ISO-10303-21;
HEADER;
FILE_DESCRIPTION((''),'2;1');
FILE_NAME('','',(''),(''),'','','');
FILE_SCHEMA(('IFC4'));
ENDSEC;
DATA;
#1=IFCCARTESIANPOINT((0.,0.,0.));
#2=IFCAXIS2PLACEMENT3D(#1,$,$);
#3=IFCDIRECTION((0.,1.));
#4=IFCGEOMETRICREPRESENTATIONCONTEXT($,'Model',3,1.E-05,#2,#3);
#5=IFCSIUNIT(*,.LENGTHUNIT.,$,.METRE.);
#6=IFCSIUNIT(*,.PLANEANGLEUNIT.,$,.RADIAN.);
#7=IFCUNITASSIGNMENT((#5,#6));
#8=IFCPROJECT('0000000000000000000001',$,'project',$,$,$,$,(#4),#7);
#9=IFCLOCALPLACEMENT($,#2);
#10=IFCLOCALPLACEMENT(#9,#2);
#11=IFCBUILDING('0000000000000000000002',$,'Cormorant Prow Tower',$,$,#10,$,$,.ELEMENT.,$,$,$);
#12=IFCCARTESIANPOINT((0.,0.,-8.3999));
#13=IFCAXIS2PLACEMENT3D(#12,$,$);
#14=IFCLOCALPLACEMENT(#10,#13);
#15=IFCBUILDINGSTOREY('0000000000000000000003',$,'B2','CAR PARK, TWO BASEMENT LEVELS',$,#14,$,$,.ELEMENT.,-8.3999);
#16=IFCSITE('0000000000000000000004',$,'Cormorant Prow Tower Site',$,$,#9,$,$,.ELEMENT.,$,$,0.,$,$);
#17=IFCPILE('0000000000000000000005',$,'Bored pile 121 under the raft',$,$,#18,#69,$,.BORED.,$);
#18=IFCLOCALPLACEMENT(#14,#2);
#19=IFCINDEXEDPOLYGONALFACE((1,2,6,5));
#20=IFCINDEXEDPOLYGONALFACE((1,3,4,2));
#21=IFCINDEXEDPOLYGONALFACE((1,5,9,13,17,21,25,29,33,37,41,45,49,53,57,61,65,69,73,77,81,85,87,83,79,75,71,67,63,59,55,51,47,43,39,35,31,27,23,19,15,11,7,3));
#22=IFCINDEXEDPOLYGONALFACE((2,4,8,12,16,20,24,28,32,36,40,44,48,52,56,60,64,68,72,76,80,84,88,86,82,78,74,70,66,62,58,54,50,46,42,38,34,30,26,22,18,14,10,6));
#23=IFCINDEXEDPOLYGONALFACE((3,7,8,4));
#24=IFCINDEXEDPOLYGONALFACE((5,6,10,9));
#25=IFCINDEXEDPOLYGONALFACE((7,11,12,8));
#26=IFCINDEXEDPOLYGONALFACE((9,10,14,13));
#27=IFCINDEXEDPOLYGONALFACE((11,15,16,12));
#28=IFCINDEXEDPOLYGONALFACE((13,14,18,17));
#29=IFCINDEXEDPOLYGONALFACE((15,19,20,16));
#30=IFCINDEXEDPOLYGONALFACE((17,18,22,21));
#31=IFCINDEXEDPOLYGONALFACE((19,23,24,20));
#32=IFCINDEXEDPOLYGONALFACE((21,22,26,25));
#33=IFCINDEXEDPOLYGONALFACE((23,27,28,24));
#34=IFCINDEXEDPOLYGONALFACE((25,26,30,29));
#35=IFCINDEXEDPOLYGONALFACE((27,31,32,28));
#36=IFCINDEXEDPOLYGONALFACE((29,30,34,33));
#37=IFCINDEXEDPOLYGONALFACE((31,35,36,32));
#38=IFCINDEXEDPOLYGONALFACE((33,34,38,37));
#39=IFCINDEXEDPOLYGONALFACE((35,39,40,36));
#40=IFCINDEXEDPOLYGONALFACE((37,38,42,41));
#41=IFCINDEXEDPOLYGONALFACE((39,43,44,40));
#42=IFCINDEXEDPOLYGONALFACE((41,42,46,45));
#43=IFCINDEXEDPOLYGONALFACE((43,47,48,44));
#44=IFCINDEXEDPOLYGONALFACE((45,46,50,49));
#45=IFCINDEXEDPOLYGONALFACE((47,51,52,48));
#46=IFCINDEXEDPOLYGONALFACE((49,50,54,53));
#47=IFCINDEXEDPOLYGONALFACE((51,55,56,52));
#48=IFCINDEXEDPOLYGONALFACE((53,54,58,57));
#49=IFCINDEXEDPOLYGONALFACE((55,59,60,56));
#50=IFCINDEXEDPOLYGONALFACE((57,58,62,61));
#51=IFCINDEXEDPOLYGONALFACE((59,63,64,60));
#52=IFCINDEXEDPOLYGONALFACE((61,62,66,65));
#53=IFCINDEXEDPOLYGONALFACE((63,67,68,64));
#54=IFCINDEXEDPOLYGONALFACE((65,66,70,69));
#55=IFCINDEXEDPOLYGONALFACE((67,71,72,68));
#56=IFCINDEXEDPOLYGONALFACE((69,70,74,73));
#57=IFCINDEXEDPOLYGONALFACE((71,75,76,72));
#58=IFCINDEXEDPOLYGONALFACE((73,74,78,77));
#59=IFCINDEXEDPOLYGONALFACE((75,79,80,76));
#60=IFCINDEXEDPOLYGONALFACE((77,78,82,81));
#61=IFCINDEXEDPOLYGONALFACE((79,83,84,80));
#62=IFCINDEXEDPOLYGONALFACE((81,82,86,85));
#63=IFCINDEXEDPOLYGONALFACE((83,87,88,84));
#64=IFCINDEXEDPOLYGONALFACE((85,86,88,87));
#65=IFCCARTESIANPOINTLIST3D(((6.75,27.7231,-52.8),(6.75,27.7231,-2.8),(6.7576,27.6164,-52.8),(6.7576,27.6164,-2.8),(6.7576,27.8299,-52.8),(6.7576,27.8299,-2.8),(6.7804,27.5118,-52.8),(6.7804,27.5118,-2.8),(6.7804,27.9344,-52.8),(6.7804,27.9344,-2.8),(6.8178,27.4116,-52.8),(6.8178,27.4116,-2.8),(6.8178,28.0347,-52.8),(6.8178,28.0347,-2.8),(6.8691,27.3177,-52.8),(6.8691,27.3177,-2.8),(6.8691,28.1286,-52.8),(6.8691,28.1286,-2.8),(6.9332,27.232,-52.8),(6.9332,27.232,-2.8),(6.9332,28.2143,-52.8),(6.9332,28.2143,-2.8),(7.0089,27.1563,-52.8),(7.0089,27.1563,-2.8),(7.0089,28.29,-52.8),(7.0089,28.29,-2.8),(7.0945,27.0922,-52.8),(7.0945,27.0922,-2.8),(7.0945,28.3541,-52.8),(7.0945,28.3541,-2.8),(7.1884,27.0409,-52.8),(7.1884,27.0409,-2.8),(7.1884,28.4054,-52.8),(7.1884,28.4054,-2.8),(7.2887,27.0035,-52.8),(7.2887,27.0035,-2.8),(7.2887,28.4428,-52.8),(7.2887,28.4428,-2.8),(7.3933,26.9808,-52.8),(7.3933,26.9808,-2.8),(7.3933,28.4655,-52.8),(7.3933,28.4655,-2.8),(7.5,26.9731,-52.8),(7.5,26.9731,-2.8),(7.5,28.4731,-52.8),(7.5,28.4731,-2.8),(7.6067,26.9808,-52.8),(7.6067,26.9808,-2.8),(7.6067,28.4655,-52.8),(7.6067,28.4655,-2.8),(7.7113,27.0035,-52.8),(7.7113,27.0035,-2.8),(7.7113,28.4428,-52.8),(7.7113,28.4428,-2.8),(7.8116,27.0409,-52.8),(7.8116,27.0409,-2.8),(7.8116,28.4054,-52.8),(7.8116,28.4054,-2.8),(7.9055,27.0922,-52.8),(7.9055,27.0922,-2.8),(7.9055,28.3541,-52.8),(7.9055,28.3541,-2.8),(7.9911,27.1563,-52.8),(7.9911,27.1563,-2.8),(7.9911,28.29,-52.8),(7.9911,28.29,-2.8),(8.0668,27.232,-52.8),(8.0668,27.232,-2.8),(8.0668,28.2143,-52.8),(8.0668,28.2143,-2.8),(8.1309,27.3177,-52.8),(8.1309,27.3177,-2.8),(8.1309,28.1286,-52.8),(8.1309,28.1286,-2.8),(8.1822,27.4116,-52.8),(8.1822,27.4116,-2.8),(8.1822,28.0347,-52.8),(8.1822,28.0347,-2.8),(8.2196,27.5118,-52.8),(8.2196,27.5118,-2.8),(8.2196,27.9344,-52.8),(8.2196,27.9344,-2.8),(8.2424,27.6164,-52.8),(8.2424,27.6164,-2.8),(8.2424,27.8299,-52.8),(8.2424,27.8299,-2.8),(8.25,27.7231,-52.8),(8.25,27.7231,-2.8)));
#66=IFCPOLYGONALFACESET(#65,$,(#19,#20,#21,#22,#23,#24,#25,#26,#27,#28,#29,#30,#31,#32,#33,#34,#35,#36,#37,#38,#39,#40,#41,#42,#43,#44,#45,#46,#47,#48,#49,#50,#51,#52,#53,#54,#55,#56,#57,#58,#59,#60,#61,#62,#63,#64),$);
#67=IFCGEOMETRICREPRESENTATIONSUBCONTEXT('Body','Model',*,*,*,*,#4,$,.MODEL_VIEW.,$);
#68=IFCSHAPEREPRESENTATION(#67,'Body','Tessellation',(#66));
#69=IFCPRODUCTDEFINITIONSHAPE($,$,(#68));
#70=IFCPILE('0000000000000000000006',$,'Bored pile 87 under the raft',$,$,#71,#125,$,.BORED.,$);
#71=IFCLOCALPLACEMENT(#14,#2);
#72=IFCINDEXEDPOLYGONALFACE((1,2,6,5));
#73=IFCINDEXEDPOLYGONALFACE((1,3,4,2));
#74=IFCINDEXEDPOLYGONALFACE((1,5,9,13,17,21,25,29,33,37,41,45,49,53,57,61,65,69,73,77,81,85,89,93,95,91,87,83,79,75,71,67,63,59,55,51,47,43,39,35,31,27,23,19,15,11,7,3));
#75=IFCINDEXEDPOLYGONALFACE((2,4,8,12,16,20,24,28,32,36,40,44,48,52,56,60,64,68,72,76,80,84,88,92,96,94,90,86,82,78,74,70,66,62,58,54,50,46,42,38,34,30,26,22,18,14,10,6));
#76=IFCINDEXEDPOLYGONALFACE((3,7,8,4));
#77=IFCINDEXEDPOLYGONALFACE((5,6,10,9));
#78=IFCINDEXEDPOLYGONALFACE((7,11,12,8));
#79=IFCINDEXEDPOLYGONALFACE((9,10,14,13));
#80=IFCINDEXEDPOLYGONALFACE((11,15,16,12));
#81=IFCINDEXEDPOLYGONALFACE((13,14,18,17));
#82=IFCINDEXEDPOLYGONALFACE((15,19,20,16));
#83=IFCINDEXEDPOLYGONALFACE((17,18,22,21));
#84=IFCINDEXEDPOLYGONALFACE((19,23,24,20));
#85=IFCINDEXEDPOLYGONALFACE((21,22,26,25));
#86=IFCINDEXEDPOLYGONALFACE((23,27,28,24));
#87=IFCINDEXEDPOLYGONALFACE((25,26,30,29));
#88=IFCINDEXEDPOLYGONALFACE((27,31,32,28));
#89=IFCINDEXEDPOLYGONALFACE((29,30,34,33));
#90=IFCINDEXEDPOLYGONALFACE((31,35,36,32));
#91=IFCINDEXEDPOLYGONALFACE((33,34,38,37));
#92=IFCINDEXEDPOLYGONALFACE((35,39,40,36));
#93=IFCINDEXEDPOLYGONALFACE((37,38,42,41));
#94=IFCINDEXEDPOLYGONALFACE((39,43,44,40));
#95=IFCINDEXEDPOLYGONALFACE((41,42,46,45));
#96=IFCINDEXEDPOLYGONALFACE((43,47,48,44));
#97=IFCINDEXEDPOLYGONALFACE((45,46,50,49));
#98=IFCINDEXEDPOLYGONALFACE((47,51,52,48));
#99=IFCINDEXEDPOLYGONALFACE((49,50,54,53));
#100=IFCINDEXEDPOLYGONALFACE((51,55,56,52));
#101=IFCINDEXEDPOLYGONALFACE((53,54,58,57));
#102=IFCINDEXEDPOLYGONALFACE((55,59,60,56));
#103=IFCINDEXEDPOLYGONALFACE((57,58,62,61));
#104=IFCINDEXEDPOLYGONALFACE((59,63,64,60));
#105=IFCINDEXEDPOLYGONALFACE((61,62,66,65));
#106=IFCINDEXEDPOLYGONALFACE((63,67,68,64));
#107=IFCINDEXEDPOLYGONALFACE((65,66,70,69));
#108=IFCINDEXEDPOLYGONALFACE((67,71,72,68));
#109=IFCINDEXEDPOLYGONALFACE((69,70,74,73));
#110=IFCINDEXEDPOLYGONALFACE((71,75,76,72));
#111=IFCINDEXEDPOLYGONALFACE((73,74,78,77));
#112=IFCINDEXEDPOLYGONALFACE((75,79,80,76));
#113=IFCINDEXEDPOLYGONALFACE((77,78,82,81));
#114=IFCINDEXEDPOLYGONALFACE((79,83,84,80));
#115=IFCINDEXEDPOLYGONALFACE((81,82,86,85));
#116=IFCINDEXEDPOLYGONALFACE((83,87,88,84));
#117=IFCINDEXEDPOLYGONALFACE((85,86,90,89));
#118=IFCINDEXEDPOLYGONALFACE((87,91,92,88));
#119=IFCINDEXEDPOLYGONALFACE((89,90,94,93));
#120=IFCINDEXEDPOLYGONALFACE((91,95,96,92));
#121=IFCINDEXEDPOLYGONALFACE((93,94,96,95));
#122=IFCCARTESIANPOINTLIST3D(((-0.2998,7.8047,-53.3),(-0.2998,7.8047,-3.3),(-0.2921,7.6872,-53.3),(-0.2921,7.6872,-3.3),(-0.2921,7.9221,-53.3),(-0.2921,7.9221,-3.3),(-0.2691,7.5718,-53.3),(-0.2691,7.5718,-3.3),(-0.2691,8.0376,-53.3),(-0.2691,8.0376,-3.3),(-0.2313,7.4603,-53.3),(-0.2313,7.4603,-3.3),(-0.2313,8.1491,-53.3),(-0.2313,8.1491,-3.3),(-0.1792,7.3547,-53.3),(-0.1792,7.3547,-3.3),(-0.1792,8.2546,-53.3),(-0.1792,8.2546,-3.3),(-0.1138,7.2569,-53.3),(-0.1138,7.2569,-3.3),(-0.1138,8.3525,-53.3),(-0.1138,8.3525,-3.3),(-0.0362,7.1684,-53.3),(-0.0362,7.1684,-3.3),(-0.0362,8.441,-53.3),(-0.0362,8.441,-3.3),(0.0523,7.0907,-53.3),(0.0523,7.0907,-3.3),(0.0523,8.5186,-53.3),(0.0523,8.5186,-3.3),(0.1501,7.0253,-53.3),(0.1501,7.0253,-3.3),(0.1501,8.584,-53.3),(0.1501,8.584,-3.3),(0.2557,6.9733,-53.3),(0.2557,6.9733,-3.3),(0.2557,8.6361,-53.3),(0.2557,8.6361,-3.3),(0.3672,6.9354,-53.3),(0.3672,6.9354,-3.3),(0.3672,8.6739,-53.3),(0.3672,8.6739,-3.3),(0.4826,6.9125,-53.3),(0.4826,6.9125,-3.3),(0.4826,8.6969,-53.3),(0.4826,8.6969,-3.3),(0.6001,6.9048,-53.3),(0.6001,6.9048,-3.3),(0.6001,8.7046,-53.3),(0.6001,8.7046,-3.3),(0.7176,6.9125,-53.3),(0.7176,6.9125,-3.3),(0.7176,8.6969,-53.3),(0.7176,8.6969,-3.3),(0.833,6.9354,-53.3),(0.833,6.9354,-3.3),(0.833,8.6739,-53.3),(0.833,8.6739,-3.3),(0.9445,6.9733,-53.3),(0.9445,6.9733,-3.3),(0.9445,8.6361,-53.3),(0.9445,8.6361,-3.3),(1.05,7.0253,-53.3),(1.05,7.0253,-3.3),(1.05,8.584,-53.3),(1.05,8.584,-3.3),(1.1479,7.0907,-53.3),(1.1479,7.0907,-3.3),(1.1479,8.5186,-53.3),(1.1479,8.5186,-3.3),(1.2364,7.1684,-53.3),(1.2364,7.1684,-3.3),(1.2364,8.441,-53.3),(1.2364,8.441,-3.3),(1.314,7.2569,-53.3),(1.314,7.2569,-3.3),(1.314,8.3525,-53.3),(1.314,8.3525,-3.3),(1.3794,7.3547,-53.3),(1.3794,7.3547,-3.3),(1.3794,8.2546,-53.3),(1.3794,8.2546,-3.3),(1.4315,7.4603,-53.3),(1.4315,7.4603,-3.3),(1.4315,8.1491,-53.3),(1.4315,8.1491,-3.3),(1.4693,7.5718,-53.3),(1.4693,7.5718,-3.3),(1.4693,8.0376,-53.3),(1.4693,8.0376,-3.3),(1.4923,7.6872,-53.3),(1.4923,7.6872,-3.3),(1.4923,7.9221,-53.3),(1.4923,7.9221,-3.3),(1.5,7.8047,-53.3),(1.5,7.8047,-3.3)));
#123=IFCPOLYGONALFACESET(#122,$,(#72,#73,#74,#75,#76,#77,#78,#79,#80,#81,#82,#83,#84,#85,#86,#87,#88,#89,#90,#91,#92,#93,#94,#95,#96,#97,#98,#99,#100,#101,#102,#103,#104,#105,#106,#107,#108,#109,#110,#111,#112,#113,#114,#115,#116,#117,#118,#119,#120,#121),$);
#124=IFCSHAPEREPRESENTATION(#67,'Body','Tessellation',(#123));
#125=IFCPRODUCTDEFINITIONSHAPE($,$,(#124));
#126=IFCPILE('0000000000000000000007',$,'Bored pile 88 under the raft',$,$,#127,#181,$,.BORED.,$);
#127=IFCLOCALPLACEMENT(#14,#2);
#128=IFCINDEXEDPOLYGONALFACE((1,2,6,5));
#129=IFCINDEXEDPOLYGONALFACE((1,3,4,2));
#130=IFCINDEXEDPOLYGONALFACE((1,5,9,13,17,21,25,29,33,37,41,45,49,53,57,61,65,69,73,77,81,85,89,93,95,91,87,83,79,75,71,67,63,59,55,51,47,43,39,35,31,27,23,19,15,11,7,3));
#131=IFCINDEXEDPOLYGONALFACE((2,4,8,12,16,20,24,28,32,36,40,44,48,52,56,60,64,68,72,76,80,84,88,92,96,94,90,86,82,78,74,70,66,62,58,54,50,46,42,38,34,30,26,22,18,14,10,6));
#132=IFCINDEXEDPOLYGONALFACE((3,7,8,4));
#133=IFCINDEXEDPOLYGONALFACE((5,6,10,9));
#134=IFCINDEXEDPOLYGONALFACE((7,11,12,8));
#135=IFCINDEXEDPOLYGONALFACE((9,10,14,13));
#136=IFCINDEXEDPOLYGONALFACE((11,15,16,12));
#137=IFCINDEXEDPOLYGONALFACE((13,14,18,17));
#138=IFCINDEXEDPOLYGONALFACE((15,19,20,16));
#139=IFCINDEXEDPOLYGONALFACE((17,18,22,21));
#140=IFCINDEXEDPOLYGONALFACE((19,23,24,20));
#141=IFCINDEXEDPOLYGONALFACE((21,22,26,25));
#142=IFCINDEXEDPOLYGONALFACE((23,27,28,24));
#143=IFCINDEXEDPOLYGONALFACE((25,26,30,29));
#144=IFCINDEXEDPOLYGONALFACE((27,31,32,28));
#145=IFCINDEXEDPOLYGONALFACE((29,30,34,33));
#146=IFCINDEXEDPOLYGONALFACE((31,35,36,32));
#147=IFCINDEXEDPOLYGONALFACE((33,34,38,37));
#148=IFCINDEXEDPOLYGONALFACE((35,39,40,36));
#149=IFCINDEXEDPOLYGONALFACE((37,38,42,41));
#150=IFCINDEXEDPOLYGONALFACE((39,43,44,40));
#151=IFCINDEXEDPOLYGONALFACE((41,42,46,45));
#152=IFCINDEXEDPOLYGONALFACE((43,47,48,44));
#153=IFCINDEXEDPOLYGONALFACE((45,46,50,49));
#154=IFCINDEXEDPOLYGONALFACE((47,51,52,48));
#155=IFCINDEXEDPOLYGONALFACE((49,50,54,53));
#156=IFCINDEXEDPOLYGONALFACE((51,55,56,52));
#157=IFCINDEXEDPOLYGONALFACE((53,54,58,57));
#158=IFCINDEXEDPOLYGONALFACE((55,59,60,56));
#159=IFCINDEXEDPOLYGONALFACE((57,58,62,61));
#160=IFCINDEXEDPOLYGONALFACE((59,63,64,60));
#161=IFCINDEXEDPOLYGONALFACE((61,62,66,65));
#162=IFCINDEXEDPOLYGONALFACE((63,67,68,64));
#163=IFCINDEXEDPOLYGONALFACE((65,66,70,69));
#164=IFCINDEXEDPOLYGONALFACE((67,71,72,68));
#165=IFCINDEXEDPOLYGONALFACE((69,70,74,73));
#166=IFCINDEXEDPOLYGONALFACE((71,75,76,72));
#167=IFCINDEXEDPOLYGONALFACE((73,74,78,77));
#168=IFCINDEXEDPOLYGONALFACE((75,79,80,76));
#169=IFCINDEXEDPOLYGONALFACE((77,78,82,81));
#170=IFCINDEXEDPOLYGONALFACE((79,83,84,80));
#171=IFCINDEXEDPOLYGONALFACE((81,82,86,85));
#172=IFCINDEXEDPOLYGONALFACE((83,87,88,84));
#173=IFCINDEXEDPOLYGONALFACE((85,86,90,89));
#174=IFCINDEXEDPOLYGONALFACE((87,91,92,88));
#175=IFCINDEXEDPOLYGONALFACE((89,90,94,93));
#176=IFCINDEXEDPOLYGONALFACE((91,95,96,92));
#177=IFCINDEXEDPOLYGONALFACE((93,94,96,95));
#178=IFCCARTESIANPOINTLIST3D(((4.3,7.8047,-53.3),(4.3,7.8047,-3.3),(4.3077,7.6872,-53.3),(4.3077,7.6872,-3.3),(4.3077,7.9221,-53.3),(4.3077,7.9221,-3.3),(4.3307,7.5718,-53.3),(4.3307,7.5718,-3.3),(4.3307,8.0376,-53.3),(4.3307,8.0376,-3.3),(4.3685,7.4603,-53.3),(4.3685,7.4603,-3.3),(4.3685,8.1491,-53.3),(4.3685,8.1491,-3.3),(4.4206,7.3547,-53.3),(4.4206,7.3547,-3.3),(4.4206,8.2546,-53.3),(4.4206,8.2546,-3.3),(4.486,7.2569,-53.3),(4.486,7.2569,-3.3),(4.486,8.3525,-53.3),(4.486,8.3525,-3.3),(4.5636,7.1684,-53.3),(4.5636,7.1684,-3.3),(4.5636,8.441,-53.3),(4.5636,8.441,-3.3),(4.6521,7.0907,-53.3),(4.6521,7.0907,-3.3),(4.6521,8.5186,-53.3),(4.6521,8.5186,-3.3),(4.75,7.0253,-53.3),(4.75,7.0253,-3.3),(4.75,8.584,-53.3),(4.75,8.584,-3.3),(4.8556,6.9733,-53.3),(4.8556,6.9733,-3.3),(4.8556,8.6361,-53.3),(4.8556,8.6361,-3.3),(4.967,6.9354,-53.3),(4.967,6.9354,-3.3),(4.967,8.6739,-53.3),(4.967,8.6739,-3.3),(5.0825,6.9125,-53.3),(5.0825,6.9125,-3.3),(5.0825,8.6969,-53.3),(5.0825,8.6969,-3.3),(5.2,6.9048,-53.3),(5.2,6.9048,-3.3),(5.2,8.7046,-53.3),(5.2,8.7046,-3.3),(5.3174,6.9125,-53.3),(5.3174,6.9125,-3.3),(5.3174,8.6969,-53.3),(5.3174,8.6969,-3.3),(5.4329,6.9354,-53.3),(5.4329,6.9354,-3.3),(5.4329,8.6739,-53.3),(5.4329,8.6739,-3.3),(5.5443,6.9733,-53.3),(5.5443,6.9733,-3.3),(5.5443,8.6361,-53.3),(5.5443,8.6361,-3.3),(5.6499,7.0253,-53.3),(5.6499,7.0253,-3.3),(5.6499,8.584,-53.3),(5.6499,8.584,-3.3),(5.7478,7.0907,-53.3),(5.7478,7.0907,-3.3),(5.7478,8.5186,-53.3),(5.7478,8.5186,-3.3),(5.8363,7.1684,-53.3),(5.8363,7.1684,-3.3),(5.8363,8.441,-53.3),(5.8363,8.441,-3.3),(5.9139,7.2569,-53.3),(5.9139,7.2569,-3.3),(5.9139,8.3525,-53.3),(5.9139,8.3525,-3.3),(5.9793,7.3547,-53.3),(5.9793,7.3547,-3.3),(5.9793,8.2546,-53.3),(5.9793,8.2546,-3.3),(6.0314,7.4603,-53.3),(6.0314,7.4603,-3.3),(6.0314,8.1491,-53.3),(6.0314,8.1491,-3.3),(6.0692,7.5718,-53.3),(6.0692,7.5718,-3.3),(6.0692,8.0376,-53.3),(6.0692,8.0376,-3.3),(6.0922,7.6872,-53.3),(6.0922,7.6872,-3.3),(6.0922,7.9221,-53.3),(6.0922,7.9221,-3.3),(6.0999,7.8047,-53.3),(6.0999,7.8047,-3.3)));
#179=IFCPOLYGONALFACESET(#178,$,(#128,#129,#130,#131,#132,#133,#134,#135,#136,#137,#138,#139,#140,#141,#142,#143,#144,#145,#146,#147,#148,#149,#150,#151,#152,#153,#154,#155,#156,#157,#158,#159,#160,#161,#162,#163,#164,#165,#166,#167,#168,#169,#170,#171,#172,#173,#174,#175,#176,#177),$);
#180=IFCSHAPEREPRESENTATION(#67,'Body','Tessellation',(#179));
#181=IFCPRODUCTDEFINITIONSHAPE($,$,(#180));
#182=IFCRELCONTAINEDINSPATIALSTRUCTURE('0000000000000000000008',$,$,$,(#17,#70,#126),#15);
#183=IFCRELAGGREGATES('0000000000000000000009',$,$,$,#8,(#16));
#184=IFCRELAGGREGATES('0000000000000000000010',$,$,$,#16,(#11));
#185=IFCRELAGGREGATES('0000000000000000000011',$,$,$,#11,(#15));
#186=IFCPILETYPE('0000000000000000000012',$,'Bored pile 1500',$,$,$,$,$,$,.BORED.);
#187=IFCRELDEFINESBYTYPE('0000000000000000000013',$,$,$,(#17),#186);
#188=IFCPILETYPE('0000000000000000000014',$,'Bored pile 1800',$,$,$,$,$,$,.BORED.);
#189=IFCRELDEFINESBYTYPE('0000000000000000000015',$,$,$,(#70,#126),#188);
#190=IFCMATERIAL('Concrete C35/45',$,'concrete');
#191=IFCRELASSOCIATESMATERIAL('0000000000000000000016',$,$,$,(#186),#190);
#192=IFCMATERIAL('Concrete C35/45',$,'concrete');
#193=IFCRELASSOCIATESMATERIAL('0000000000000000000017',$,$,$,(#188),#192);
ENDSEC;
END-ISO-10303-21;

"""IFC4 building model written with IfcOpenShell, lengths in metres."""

from ifc_helpers import new_model, si_unit, direction, frame, origin, origin_2d, place, context, subcontext, project, spatial, circle, extrude, material, material_profile, profile_set, type_object, element, save


model = new_model("IFC4")

# Units and contexts
model_context = context("Model", 3, precision=1e-05, world=origin(), true_north=direction((0.0, 1.0)))
body_context = subcontext(model_context, "Body", "Model", "MODEL_VIEW")
ifc_project = project(units=[si_unit("LENGTHUNIT", "METRE"), si_unit("PLANEANGLEUNIT", "RADIAN")], contexts=[model_context])

# Site, building, storey
site_placement = place(None, origin())
site = spatial("IfcSite", under=ifc_project, at=site_placement, Name="Cormorant Prow Tower Site", CompositionType="ELEMENT", RefElevation=0.0)
building_placement = place(site_placement, origin())
building = spatial("IfcBuilding", under=site, at=building_placement, Name="Cormorant Prow Tower", CompositionType="ELEMENT")
storey_placement = place(building_placement, frame((0.0, 0.0, -8.3999)))
storey = spatial("IfcBuildingStorey", under=building, at=storey_placement, Name="B2", Description="CAR PARK, TWO BASEMENT LEVELS", CompositionType="ELEMENT", Elevation=-8.3999)

# Piles
ifc_material_1 = material(Name="Concrete C35/45", Category="concrete")
ifc_material_profile_1 = material_profile(ifc_material_1, circle(Radius=0.75, at=origin_2d()), Name="Round 1500")
ifc_profile_set_1 = profile_set([ifc_material_profile_1], Name="Concrete C35/45")
pile_type_1 = type_object("IfcPileType", Name="Bored pile 1500", PredefinedType="BORED", material=ifc_profile_set_1)
for number, where, z_axis, x_axis, name in (
    (1, (7.5, 27.7231, -2.8), (0.0, 0.0, -1.0), (1.0, 0.0, 0.0), "Bored pile 121 under the raft"),
):
    element("IfcPile", number, at=place(storey_placement, frame(where, z_axis=z_axis, x_axis=x_axis)), inside=storey, type_object=pile_type_1, Name=name, PredefinedType="BORED", context=body_context, shape_type="SweptSolid", body=[
        extrude(circle(Radius=0.75, at=origin_2d()), origin(), (0.0, 0.0, 1.0), 50.0),
    ])
ifc_material_2 = material(Name="Concrete C35/45", Category="concrete")
ifc_material_profile_2 = material_profile(ifc_material_2, circle(Radius=0.8999, at=origin_2d()), Name="Round 1800")
ifc_profile_set_2 = profile_set([ifc_material_profile_2], Name="Concrete C35/45")
pile_type_2 = type_object("IfcPileType", Name="Bored pile 1800", PredefinedType="BORED", material=ifc_profile_set_2)
for number, where, z_axis, x_axis, name in (
    (2, (0.6001, 7.8047, -3.3), (0.0, 0.0, -1.0), (1.0, 0.0, 0.0), "Bored pile 87 under the raft"),
    (3, (5.2, 7.8047, -3.3), (0.0, 0.0, -1.0), (1.0, 0.0, 0.0), "Bored pile 88 under the raft"),
):
    element("IfcPile", number, at=place(storey_placement, frame(where, z_axis=z_axis, x_axis=x_axis)), inside=storey, type_object=pile_type_2, Name=name, PredefinedType="BORED", context=body_context, shape_type="SweptSolid", body=[
        extrude(circle(Radius=0.8999, at=origin_2d()), origin(), (0.0, 0.0, 1.0), 50.0),
    ])

save(model, "model.ifc")
